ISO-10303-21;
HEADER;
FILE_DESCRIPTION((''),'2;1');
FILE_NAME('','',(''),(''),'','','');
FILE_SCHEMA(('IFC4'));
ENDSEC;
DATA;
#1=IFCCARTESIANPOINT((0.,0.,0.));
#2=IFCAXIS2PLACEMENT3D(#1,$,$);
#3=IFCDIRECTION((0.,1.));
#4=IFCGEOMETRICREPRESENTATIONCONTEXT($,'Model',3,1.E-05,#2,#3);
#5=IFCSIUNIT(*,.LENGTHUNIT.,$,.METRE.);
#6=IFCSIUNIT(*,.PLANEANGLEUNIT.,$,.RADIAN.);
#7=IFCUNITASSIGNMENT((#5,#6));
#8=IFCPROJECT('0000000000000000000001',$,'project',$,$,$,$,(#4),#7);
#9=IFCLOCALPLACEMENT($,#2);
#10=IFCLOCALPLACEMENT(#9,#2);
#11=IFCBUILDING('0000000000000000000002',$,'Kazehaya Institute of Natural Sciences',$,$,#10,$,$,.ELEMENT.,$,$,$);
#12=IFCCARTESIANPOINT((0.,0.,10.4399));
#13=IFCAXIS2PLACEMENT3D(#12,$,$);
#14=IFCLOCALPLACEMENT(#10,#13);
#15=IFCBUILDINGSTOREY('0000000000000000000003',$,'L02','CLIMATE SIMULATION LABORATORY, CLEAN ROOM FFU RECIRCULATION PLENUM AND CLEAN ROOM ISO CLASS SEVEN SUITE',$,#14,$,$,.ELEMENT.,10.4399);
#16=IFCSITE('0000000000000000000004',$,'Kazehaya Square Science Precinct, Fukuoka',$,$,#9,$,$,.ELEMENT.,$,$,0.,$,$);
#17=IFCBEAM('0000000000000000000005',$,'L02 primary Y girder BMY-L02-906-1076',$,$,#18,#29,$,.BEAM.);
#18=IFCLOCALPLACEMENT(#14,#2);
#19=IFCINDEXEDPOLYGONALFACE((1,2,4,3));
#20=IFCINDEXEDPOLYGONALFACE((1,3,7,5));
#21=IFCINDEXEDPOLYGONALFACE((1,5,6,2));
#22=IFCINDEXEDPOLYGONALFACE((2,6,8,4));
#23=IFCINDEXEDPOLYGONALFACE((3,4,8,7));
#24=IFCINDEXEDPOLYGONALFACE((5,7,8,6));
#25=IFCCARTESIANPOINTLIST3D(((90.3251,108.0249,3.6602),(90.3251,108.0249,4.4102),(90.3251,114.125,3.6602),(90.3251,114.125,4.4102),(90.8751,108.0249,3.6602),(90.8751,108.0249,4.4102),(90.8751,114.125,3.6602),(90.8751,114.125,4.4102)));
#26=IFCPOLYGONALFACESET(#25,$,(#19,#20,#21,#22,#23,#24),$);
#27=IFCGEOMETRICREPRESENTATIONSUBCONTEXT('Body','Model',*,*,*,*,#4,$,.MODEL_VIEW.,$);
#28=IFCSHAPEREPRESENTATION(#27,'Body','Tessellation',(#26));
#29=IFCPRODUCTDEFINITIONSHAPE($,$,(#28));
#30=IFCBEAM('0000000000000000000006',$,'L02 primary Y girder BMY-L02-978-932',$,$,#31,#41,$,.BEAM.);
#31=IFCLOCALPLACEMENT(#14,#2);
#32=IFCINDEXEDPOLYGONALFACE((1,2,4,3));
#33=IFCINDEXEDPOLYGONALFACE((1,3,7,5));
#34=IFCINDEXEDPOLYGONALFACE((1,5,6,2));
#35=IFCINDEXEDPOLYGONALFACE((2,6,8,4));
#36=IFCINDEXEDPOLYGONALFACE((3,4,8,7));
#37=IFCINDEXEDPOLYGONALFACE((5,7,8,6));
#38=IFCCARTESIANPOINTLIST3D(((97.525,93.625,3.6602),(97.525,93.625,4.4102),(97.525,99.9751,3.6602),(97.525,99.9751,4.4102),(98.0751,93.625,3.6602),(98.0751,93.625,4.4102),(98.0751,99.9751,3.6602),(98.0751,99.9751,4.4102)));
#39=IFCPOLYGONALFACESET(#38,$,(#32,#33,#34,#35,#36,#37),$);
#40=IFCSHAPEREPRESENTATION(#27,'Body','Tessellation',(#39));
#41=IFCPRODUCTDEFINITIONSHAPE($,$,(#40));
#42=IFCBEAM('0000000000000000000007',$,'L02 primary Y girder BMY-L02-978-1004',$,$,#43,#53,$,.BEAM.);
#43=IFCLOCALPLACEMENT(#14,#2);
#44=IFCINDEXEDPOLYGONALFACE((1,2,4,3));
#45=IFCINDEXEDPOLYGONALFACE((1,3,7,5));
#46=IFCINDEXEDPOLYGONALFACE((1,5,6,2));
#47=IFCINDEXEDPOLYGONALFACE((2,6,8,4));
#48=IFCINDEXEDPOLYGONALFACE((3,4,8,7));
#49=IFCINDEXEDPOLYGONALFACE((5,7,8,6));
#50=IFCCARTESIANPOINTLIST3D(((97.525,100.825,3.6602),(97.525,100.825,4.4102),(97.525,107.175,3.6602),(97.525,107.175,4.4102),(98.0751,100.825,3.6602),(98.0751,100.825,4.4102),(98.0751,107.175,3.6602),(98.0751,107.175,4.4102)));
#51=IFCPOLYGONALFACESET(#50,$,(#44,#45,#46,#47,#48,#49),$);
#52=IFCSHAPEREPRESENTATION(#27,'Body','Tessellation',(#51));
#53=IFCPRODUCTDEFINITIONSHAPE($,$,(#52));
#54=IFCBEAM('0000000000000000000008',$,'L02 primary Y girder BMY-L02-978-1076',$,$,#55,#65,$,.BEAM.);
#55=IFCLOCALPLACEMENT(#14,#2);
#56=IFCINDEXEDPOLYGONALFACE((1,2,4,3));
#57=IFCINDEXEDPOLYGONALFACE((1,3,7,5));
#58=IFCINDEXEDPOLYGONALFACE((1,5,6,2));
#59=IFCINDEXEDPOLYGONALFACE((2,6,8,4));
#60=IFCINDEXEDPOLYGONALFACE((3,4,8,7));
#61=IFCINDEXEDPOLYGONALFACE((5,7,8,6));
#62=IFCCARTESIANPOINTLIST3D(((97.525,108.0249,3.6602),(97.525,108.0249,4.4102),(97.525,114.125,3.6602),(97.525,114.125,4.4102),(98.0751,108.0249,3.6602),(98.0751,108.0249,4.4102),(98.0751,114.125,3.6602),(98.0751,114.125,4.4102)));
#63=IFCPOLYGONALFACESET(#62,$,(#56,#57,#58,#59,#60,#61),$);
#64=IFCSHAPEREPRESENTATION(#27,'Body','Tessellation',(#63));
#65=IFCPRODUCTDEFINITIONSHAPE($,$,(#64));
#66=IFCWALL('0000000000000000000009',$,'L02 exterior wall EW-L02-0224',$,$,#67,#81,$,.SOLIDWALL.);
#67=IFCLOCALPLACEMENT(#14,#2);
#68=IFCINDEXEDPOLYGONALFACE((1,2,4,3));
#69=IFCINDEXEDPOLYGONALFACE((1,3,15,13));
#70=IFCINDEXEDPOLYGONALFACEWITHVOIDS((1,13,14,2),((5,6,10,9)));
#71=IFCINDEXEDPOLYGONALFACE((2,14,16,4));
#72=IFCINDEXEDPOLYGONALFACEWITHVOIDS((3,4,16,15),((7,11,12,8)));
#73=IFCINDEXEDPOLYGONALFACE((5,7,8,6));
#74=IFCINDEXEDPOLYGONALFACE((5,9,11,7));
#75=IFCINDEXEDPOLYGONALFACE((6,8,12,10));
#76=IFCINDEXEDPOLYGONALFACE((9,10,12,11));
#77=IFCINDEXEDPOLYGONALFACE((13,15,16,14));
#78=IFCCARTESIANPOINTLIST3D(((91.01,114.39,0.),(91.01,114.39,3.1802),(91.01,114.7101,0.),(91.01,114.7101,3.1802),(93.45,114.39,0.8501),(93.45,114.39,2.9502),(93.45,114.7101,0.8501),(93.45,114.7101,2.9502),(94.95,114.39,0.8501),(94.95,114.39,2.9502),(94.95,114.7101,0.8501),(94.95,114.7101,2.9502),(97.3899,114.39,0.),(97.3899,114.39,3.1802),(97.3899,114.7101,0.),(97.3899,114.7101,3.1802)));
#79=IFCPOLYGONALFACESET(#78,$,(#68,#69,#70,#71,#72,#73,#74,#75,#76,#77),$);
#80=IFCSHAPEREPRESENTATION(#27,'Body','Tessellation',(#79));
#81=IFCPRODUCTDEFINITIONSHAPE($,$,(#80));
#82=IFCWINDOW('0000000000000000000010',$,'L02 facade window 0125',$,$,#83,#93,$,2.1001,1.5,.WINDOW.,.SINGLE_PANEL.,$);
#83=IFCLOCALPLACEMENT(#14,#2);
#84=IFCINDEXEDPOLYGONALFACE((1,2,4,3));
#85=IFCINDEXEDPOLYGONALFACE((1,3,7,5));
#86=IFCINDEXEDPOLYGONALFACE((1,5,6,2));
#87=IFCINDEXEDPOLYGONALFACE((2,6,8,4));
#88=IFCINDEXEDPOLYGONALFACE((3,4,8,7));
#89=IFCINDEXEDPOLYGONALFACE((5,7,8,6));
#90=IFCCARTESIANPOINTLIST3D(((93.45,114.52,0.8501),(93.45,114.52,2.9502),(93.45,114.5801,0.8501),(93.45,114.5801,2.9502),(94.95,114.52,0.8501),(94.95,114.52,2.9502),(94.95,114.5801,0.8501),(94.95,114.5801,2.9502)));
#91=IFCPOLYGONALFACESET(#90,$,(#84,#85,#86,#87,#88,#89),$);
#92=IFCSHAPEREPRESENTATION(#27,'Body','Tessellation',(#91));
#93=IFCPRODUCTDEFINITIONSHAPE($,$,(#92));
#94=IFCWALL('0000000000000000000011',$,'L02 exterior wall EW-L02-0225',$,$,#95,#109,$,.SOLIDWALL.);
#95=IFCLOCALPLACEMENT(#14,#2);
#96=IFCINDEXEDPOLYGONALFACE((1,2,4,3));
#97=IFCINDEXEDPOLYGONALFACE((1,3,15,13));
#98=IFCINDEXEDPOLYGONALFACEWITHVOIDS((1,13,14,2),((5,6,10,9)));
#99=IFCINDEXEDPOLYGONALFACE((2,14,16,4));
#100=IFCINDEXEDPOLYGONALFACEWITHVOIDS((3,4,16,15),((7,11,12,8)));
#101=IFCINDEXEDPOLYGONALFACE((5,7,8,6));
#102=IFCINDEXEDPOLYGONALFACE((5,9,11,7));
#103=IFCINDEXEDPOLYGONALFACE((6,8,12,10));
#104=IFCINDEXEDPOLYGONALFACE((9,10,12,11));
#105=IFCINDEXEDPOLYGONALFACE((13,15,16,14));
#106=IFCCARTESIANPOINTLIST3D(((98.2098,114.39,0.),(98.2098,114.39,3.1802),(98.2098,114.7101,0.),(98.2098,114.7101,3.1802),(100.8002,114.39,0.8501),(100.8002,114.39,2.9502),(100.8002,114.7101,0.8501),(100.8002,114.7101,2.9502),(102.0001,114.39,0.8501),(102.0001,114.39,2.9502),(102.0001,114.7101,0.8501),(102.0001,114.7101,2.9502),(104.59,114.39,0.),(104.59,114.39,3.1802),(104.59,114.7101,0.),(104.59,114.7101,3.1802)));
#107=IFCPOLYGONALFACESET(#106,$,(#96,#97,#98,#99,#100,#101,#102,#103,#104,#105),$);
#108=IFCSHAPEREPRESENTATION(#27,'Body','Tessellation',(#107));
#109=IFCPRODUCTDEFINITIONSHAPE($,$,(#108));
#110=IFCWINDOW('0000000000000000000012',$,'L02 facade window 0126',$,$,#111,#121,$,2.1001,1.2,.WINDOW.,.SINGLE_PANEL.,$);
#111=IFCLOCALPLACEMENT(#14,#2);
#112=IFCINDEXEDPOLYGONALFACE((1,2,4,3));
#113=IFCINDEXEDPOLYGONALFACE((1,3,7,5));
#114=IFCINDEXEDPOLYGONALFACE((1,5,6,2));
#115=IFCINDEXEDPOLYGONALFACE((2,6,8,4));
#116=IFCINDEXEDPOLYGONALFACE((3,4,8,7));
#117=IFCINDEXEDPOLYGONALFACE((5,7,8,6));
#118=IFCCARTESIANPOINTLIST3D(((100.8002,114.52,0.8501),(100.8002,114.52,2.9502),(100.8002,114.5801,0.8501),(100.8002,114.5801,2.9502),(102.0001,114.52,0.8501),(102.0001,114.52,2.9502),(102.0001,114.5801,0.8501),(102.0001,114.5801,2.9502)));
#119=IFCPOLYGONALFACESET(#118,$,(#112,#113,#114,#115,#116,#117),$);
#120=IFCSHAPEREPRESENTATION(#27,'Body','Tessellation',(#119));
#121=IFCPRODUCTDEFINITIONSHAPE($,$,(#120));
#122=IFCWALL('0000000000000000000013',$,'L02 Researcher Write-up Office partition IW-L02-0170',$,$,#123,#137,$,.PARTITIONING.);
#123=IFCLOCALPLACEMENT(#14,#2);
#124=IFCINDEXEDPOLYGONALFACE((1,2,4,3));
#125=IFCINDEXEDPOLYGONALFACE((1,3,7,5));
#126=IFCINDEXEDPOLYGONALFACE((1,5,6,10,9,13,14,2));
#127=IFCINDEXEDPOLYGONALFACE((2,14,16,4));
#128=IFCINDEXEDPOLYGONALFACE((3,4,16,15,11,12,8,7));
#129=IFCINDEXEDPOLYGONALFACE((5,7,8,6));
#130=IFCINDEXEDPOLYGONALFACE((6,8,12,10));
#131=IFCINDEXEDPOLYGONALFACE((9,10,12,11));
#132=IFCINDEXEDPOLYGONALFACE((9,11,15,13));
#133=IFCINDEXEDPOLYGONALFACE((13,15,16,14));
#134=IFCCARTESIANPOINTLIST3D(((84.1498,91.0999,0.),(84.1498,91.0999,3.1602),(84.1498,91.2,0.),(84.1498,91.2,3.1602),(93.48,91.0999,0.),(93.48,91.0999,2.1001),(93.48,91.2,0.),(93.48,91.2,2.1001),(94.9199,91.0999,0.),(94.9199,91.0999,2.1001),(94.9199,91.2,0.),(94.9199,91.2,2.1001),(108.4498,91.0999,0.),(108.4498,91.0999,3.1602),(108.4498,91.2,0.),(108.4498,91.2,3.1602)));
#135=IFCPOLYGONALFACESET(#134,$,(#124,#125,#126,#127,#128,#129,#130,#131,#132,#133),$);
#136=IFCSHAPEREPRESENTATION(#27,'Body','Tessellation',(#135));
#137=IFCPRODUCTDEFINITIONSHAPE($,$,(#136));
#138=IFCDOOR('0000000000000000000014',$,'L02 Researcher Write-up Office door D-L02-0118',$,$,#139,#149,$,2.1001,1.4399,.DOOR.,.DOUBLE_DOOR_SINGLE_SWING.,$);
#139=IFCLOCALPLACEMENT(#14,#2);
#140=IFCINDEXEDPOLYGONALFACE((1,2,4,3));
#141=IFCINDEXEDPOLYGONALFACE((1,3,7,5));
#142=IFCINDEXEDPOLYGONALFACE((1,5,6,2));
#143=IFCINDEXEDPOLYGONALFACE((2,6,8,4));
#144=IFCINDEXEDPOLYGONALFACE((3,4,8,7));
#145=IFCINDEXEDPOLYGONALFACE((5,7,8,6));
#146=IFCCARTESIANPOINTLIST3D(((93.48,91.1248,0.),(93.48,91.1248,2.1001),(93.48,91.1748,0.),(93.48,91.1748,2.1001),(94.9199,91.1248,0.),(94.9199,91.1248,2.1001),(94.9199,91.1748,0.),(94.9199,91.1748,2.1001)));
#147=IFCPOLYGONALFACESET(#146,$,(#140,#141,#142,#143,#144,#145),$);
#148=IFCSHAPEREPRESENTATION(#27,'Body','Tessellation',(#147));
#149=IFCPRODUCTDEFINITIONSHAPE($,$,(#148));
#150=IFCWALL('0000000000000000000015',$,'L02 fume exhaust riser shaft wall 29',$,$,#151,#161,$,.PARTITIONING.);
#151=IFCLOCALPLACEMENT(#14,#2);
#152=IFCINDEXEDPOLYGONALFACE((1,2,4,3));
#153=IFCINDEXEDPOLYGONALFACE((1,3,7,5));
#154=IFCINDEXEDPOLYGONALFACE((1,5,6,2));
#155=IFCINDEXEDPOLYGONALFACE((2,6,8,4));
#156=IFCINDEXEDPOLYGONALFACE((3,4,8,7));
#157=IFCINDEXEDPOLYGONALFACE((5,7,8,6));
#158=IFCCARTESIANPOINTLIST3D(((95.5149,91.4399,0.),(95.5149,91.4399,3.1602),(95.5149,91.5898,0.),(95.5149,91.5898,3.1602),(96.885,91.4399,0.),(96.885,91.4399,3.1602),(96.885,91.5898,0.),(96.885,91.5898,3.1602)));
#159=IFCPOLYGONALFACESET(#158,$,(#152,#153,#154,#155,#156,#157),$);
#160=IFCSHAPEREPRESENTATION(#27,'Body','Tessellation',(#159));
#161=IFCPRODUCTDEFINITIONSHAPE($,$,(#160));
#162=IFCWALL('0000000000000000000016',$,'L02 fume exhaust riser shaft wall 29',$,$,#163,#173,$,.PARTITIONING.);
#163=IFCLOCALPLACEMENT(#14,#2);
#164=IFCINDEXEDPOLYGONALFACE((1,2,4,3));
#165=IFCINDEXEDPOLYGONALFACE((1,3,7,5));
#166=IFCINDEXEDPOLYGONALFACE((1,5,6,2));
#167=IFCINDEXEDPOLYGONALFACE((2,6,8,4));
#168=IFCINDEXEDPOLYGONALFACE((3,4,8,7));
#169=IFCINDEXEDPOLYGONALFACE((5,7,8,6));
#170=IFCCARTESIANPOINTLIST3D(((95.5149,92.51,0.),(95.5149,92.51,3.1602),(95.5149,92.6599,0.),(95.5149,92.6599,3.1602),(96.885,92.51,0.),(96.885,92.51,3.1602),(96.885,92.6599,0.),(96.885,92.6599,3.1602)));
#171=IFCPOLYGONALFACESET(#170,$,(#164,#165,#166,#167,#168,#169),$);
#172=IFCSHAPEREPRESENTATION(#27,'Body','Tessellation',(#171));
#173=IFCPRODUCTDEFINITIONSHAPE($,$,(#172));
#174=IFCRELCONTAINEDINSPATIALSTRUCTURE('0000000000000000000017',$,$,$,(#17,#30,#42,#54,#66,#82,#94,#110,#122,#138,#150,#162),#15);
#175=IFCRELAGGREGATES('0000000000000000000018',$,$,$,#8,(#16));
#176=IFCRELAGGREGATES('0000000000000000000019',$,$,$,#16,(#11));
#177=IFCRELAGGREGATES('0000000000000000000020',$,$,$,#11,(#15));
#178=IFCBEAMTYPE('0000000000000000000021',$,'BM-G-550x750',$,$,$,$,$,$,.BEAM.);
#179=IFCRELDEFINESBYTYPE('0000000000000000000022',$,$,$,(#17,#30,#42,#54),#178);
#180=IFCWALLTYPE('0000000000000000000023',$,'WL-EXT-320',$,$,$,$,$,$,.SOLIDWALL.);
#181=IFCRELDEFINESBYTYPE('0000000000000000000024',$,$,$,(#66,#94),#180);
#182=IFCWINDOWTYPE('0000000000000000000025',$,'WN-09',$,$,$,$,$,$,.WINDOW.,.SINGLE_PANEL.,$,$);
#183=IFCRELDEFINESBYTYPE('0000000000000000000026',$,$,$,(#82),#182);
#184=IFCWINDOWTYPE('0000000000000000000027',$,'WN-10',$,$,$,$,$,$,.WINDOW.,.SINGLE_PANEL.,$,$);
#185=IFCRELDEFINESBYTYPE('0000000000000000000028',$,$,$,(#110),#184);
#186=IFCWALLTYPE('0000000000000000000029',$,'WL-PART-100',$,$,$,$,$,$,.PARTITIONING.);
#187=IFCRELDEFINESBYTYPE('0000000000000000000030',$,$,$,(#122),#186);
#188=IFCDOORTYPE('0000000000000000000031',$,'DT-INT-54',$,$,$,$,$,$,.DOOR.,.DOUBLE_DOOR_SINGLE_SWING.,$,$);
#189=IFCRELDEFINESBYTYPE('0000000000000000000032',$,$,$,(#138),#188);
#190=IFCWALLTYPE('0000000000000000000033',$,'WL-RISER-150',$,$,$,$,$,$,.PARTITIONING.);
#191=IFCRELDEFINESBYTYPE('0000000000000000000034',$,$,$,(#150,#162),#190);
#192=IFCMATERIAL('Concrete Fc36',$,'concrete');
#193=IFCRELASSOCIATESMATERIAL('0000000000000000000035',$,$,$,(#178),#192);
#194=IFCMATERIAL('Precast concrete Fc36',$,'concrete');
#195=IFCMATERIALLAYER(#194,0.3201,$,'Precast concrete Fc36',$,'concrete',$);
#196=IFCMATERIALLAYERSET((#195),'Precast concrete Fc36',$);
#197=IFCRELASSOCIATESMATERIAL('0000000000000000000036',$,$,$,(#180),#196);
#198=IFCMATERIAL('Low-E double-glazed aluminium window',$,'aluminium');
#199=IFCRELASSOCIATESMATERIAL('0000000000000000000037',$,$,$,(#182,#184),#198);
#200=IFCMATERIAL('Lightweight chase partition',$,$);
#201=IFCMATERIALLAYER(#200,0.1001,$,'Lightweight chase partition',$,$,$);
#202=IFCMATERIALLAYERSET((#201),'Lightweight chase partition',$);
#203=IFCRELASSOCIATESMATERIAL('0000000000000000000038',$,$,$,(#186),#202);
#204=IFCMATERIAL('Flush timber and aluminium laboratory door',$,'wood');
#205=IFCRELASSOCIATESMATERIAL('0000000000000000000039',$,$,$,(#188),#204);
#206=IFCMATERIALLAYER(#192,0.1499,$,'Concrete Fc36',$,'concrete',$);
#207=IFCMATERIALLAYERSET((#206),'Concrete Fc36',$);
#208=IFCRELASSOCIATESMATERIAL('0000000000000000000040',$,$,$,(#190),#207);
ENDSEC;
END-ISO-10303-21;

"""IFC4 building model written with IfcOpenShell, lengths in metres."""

from ifc_helpers import new_model, si_unit, direction, frame, frame_2d, origin, origin_2d, place, context, subcontext, project, spatial, rectangle, extrude, material, layer, layer_set, material_profile, profile_set, type_object, element, fill, save


model = new_model("IFC4")

# Units and contexts
model_context = context("Model", 3, precision=1e-05, world=origin(), true_north=direction((0.0, 1.0)))
body_context = subcontext(model_context, "Body", "Model", "MODEL_VIEW")
ifc_project = project(units=[si_unit("LENGTHUNIT", "METRE"), si_unit("PLANEANGLEUNIT", "RADIAN")], contexts=[model_context])

# Site, building, storey
site_placement = place(None, origin())
site = spatial("IfcSite", under=ifc_project, at=site_placement, Name="Kazehaya Square Science Precinct, Fukuoka", CompositionType="ELEMENT", RefElevation=0.0)
building_placement = place(site_placement, origin())
building = spatial("IfcBuilding", under=site, at=building_placement, Name="Kazehaya Institute of Natural Sciences", CompositionType="ELEMENT")
storey_placement = place(building_placement, frame((0.0, 0.0, 10.4399)))
storey = spatial("IfcBuildingStorey", under=building, at=storey_placement, Name="L02", Description="CLIMATE SIMULATION LABORATORY, CLEAN ROOM FFU RECIRCULATION PLENUM AND CLEAN ROOM ISO CLASS SEVEN SUITE", CompositionType="ELEMENT", Elevation=10.4399)

# Beams
ifc_material_1 = material(Name="Concrete Fc36", Category="concrete")
ifc_material_profile_1 = material_profile(ifc_material_1, rectangle(XDim=0.55, YDim=0.75, at=origin_2d()), Name="RC-550x750")
ifc_profile_set_1 = profile_set([ifc_material_profile_1], Name="Concrete Fc36")
beam_type = type_object("IfcBeamType", Name="BM-G-550x750", PredefinedType="BEAM", material=ifc_profile_set_1)
beam_1_placement = place(storey_placement, frame((90.6001, 108.0249, 4.0352), z_axis=(0.0, 1.0, 0.0), x_axis=(-1.0, 0.0, 0.0)))
element("IfcBeam", 1, at=beam_1_placement, inside=storey, type_object=beam_type, Name="L02 primary Y girder BMY-L02-906-1076", PredefinedType="BEAM", context=body_context, shape_type="SweptSolid", body=[
    extrude(rectangle(XDim=0.55, YDim=0.75, at=origin_2d()), origin(), (0.0, 0.0, 1.0), 6.1001),
])
for number, where, z_axis, x_axis, name in (
    (2, (97.8, 93.625, 4.0352), (0.0, 1.0, 0.0), (-1.0, 0.0, 0.0), "L02 primary Y girder BMY-L02-978-932"),
    (3, (97.8, 100.825, 4.0352), (0.0, 1.0, 0.0), (-1.0, 0.0, 0.0), "L02 primary Y girder BMY-L02-978-1004"),
):
    element("IfcBeam", number, at=place(storey_placement, frame(where, z_axis=z_axis, x_axis=x_axis)), inside=storey, type_object=beam_type, Name=name, PredefinedType="BEAM", context=body_context, shape_type="SweptSolid", body=[
        extrude(rectangle(XDim=0.55, YDim=0.75, at=origin_2d()), origin(), (0.0, 0.0, 1.0), 6.3501),
    ])
beam_2_placement = place(storey_placement, frame((97.8, 108.0249, 4.0352), z_axis=(0.0, 1.0, 0.0), x_axis=(-1.0, 0.0, 0.0)))
element("IfcBeam", 4, at=beam_2_placement, inside=storey, type_object=beam_type, Name="L02 primary Y girder BMY-L02-978-1076", PredefinedType="BEAM", context=body_context, shape_type="SweptSolid", body=[
    extrude(rectangle(XDim=0.55, YDim=0.75, at=origin_2d()), origin(), (0.0, 0.0, 1.0), 6.1001),
])

# Walls, openings, windows
ifc_material_2 = material(Name="Precast concrete Fc36", Category="concrete")
ifc_layer_1 = layer(ifc_material_2, 0.3201, Name="Precast concrete Fc36", Category="concrete")
ifc_layer_set_1 = layer_set([ifc_layer_1], Name="Precast concrete Fc36")
wall_type_1 = type_object("IfcWallType", Name="WL-EXT-320", PredefinedType="SOLIDWALL", material=ifc_layer_set_1)
wall_1_placement = place(storey_placement, frame((91.01, 114.55, 0.0), z_axis=(0.0, 0.0, 1.0), x_axis=(1.0, 0.0, 0.0)))
wall_1 = element("IfcWall", 5, at=wall_1_placement, inside=storey, type_object=wall_type_1, Name="L02 exterior wall EW-L02-0224", PredefinedType="SOLIDWALL", context=body_context, shape_type="SweptSolid", body=[
    extrude(rectangle(XDim=6.3799, YDim=0.3201, at=frame_2d((3.1899, 0.0))), origin(), (0.0, 0.0, 1.0), 3.1802),
])
opening_1_placement = place(wall_1_placement, frame((2.4399, 0.0, 0.8501)))
opening_1 = element("IfcOpeningElement", 6, at=opening_1_placement, cuts=wall_1, PredefinedType="OPENING", context=body_context, shape_type="SweptSolid", body=[
    extrude(rectangle(XDim=1.5, YDim=2.1001, at=frame_2d((0.75, 1.05))), frame((0.0, 0.1699, 0.0), z_axis=(0.0, -1.0, 0.0), x_axis=(1.0, 0.0, 0.0)), (0.0, 0.0, 1.0), 0.3401),
])
ifc_material_3 = material(Name="Low-E double-glazed aluminium window", Category="aluminium")
window_type_1 = type_object("IfcWindowType", Name="WN-09", PartitioningType="SINGLE_PANEL", PredefinedType="WINDOW", material=ifc_material_3)
window_1_placement = place(opening_1_placement, origin())
window_1 = element("IfcWindow", 7, at=window_1_placement, inside=storey, type_object=window_type_1, Name="L02 facade window 0125", OverallHeight=2.1001, OverallWidth=1.5, PartitioningType="SINGLE_PANEL", PredefinedType="WINDOW", context=body_context, shape_type="SweptSolid", body=[
    extrude(rectangle(XDim=1.5, YDim=2.1001, at=frame_2d((0.75, 1.05))), frame((0.0, 0.03, 0.0), z_axis=(0.0, -1.0, 0.0), x_axis=(1.0, 0.0, 0.0)), (0.0, 0.0, 1.0), 0.0601),
])
fill(opening_1, window_1)
wall_2_placement = place(storey_placement, frame((98.21, 114.55, 0.0), z_axis=(0.0, 0.0, 1.0), x_axis=(1.0, 0.0, 0.0)))
wall_2 = element("IfcWall", 8, at=wall_2_placement, inside=storey, type_object=wall_type_1, Name="L02 exterior wall EW-L02-0225", PredefinedType="SOLIDWALL", context=body_context, shape_type="SweptSolid", body=[
    extrude(rectangle(XDim=6.3801, YDim=0.3201, at=frame_2d((3.1899, 0.0))), origin(), (0.0, 0.0, 1.0), 3.1802),
])
opening_2_placement = place(wall_2_placement, frame((2.5901, 0.0, 0.8501)))
opening_2 = element("IfcOpeningElement", 9, at=opening_2_placement, cuts=wall_2, PredefinedType="OPENING", context=body_context, shape_type="SweptSolid", body=[
    extrude(rectangle(XDim=1.2, YDim=2.1001, at=frame_2d((0.6001, 1.05))), frame((0.0, 0.1699, 0.0), z_axis=(0.0, -1.0, 0.0), x_axis=(1.0, 0.0, 0.0)), (0.0, 0.0, 1.0), 0.3401),
])
window_type_2 = type_object("IfcWindowType", Name="WN-10", PartitioningType="SINGLE_PANEL", PredefinedType="WINDOW", material=ifc_material_3)
window_2_placement = place(opening_2_placement, origin())
window_2 = element("IfcWindow", 10, at=window_2_placement, inside=storey, type_object=window_type_2, Name="L02 facade window 0126", OverallHeight=2.1001, OverallWidth=1.2, PartitioningType="SINGLE_PANEL", PredefinedType="WINDOW", context=body_context, shape_type="SweptSolid", body=[
    extrude(rectangle(XDim=1.2, YDim=2.1001, at=frame_2d((0.6001, 1.05))), frame((0.0, 0.03, 0.0), z_axis=(0.0, -1.0, 0.0), x_axis=(1.0, 0.0, 0.0)), (0.0, 0.0, 1.0), 0.0601),
])
fill(opening_2, window_2)

# Wall, opening, door
ifc_material_4 = material(Name="Lightweight chase partition")
ifc_layer_2 = layer(ifc_material_4, 0.1001, Name="Lightweight chase partition")
ifc_layer_set_2 = layer_set([ifc_layer_2], Name="Lightweight chase partition")
wall_type_2 = type_object("IfcWallType", Name="WL-PART-100", PredefinedType="PARTITIONING", material=ifc_layer_set_2)
wall_3_placement = place(storey_placement, frame((84.1499, 91.1499, 0.0), z_axis=(0.0, 0.0, 1.0), x_axis=(1.0, 0.0, 0.0)))
wall_3 = element("IfcWall", 11, at=wall_3_placement, inside=storey, type_object=wall_type_2, Name="L02 Researcher Write-up Office partition IW-L02-0170", PredefinedType="PARTITIONING", context=body_context, shape_type="SweptSolid", body=[
    extrude(rectangle(XDim=24.3, YDim=0.1001, at=frame_2d((12.1499, 0.0))), origin(), (0.0, 0.0, 1.0), 3.1602),
])
opening_3_placement = place(wall_3_placement, frame((9.3301, 0.0, 0.0)))
opening_3 = element("IfcOpeningElement", 12, at=opening_3_placement, cuts=wall_3, PredefinedType="OPENING", context=body_context, shape_type="SweptSolid", body=[
    extrude(rectangle(XDim=1.4399, YDim=2.1001, at=frame_2d((0.72, 1.05))), frame((0.0, 0.0601, 0.0), z_axis=(0.0, -1.0, 0.0), x_axis=(1.0, 0.0, 0.0)), (0.0, 0.0, 1.0), 0.1201),
])
ifc_material_5 = material(Name="Flush timber and aluminium laboratory door", Category="wood")
door_type = type_object("IfcDoorType", Name="DT-INT-54", OperationType="DOUBLE_DOOR_SINGLE_SWING", PredefinedType="DOOR", material=ifc_material_5)
door_placement = place(opening_3_placement, origin())
door = element("IfcDoor", 13, at=door_placement, inside=storey, type_object=door_type, Name="L02 Researcher Write-up Office door D-L02-0118", OperationType="DOUBLE_DOOR_SINGLE_SWING", OverallHeight=2.1001, OverallWidth=1.4399, PredefinedType="DOOR", context=body_context, shape_type="SweptSolid", body=[
    extrude(rectangle(XDim=1.4399, YDim=2.1001, at=frame_2d((0.72, 1.05))), frame((0.0, 0.0249, 0.0), z_axis=(0.0, -1.0, 0.0), x_axis=(1.0, 0.0, 0.0)), (0.0, 0.0, 1.0), 0.05),
])
fill(opening_3, door)

# Walls
ifc_layer_3 = layer(ifc_material_1, 0.1499, Name="Concrete Fc36", Category="concrete")
ifc_layer_set_3 = layer_set([ifc_layer_3], Name="Concrete Fc36")
wall_type_3 = type_object("IfcWallType", Name="WL-RISER-150", PredefinedType="PARTITIONING", material=ifc_layer_set_3)
for number, where, z_axis, x_axis, name in (
    (14, (96.885, 91.5149, 0.0), (0.0, 0.0, 1.0), (-1.0, 0.0, 0.0), "L02 fume exhaust riser shaft wall 29"),
    (15, (95.5149, 92.585, 0.0), (0.0, 0.0, 1.0), (1.0, 0.0, 0.0), "L02 fume exhaust riser shaft wall 29"),
):
    element("IfcWall", number, at=place(storey_placement, frame(where, z_axis=z_axis, x_axis=x_axis)), inside=storey, type_object=wall_type_3, Name=name, PredefinedType="PARTITIONING", context=body_context, shape_type="SweptSolid", body=[
        extrude(rectangle(XDim=1.3701, YDim=0.1499, at=frame_2d((0.6851, 0.0))), origin(), (0.0, 0.0, 1.0), 3.1602),
    ])

save(model, "model.ifc")
